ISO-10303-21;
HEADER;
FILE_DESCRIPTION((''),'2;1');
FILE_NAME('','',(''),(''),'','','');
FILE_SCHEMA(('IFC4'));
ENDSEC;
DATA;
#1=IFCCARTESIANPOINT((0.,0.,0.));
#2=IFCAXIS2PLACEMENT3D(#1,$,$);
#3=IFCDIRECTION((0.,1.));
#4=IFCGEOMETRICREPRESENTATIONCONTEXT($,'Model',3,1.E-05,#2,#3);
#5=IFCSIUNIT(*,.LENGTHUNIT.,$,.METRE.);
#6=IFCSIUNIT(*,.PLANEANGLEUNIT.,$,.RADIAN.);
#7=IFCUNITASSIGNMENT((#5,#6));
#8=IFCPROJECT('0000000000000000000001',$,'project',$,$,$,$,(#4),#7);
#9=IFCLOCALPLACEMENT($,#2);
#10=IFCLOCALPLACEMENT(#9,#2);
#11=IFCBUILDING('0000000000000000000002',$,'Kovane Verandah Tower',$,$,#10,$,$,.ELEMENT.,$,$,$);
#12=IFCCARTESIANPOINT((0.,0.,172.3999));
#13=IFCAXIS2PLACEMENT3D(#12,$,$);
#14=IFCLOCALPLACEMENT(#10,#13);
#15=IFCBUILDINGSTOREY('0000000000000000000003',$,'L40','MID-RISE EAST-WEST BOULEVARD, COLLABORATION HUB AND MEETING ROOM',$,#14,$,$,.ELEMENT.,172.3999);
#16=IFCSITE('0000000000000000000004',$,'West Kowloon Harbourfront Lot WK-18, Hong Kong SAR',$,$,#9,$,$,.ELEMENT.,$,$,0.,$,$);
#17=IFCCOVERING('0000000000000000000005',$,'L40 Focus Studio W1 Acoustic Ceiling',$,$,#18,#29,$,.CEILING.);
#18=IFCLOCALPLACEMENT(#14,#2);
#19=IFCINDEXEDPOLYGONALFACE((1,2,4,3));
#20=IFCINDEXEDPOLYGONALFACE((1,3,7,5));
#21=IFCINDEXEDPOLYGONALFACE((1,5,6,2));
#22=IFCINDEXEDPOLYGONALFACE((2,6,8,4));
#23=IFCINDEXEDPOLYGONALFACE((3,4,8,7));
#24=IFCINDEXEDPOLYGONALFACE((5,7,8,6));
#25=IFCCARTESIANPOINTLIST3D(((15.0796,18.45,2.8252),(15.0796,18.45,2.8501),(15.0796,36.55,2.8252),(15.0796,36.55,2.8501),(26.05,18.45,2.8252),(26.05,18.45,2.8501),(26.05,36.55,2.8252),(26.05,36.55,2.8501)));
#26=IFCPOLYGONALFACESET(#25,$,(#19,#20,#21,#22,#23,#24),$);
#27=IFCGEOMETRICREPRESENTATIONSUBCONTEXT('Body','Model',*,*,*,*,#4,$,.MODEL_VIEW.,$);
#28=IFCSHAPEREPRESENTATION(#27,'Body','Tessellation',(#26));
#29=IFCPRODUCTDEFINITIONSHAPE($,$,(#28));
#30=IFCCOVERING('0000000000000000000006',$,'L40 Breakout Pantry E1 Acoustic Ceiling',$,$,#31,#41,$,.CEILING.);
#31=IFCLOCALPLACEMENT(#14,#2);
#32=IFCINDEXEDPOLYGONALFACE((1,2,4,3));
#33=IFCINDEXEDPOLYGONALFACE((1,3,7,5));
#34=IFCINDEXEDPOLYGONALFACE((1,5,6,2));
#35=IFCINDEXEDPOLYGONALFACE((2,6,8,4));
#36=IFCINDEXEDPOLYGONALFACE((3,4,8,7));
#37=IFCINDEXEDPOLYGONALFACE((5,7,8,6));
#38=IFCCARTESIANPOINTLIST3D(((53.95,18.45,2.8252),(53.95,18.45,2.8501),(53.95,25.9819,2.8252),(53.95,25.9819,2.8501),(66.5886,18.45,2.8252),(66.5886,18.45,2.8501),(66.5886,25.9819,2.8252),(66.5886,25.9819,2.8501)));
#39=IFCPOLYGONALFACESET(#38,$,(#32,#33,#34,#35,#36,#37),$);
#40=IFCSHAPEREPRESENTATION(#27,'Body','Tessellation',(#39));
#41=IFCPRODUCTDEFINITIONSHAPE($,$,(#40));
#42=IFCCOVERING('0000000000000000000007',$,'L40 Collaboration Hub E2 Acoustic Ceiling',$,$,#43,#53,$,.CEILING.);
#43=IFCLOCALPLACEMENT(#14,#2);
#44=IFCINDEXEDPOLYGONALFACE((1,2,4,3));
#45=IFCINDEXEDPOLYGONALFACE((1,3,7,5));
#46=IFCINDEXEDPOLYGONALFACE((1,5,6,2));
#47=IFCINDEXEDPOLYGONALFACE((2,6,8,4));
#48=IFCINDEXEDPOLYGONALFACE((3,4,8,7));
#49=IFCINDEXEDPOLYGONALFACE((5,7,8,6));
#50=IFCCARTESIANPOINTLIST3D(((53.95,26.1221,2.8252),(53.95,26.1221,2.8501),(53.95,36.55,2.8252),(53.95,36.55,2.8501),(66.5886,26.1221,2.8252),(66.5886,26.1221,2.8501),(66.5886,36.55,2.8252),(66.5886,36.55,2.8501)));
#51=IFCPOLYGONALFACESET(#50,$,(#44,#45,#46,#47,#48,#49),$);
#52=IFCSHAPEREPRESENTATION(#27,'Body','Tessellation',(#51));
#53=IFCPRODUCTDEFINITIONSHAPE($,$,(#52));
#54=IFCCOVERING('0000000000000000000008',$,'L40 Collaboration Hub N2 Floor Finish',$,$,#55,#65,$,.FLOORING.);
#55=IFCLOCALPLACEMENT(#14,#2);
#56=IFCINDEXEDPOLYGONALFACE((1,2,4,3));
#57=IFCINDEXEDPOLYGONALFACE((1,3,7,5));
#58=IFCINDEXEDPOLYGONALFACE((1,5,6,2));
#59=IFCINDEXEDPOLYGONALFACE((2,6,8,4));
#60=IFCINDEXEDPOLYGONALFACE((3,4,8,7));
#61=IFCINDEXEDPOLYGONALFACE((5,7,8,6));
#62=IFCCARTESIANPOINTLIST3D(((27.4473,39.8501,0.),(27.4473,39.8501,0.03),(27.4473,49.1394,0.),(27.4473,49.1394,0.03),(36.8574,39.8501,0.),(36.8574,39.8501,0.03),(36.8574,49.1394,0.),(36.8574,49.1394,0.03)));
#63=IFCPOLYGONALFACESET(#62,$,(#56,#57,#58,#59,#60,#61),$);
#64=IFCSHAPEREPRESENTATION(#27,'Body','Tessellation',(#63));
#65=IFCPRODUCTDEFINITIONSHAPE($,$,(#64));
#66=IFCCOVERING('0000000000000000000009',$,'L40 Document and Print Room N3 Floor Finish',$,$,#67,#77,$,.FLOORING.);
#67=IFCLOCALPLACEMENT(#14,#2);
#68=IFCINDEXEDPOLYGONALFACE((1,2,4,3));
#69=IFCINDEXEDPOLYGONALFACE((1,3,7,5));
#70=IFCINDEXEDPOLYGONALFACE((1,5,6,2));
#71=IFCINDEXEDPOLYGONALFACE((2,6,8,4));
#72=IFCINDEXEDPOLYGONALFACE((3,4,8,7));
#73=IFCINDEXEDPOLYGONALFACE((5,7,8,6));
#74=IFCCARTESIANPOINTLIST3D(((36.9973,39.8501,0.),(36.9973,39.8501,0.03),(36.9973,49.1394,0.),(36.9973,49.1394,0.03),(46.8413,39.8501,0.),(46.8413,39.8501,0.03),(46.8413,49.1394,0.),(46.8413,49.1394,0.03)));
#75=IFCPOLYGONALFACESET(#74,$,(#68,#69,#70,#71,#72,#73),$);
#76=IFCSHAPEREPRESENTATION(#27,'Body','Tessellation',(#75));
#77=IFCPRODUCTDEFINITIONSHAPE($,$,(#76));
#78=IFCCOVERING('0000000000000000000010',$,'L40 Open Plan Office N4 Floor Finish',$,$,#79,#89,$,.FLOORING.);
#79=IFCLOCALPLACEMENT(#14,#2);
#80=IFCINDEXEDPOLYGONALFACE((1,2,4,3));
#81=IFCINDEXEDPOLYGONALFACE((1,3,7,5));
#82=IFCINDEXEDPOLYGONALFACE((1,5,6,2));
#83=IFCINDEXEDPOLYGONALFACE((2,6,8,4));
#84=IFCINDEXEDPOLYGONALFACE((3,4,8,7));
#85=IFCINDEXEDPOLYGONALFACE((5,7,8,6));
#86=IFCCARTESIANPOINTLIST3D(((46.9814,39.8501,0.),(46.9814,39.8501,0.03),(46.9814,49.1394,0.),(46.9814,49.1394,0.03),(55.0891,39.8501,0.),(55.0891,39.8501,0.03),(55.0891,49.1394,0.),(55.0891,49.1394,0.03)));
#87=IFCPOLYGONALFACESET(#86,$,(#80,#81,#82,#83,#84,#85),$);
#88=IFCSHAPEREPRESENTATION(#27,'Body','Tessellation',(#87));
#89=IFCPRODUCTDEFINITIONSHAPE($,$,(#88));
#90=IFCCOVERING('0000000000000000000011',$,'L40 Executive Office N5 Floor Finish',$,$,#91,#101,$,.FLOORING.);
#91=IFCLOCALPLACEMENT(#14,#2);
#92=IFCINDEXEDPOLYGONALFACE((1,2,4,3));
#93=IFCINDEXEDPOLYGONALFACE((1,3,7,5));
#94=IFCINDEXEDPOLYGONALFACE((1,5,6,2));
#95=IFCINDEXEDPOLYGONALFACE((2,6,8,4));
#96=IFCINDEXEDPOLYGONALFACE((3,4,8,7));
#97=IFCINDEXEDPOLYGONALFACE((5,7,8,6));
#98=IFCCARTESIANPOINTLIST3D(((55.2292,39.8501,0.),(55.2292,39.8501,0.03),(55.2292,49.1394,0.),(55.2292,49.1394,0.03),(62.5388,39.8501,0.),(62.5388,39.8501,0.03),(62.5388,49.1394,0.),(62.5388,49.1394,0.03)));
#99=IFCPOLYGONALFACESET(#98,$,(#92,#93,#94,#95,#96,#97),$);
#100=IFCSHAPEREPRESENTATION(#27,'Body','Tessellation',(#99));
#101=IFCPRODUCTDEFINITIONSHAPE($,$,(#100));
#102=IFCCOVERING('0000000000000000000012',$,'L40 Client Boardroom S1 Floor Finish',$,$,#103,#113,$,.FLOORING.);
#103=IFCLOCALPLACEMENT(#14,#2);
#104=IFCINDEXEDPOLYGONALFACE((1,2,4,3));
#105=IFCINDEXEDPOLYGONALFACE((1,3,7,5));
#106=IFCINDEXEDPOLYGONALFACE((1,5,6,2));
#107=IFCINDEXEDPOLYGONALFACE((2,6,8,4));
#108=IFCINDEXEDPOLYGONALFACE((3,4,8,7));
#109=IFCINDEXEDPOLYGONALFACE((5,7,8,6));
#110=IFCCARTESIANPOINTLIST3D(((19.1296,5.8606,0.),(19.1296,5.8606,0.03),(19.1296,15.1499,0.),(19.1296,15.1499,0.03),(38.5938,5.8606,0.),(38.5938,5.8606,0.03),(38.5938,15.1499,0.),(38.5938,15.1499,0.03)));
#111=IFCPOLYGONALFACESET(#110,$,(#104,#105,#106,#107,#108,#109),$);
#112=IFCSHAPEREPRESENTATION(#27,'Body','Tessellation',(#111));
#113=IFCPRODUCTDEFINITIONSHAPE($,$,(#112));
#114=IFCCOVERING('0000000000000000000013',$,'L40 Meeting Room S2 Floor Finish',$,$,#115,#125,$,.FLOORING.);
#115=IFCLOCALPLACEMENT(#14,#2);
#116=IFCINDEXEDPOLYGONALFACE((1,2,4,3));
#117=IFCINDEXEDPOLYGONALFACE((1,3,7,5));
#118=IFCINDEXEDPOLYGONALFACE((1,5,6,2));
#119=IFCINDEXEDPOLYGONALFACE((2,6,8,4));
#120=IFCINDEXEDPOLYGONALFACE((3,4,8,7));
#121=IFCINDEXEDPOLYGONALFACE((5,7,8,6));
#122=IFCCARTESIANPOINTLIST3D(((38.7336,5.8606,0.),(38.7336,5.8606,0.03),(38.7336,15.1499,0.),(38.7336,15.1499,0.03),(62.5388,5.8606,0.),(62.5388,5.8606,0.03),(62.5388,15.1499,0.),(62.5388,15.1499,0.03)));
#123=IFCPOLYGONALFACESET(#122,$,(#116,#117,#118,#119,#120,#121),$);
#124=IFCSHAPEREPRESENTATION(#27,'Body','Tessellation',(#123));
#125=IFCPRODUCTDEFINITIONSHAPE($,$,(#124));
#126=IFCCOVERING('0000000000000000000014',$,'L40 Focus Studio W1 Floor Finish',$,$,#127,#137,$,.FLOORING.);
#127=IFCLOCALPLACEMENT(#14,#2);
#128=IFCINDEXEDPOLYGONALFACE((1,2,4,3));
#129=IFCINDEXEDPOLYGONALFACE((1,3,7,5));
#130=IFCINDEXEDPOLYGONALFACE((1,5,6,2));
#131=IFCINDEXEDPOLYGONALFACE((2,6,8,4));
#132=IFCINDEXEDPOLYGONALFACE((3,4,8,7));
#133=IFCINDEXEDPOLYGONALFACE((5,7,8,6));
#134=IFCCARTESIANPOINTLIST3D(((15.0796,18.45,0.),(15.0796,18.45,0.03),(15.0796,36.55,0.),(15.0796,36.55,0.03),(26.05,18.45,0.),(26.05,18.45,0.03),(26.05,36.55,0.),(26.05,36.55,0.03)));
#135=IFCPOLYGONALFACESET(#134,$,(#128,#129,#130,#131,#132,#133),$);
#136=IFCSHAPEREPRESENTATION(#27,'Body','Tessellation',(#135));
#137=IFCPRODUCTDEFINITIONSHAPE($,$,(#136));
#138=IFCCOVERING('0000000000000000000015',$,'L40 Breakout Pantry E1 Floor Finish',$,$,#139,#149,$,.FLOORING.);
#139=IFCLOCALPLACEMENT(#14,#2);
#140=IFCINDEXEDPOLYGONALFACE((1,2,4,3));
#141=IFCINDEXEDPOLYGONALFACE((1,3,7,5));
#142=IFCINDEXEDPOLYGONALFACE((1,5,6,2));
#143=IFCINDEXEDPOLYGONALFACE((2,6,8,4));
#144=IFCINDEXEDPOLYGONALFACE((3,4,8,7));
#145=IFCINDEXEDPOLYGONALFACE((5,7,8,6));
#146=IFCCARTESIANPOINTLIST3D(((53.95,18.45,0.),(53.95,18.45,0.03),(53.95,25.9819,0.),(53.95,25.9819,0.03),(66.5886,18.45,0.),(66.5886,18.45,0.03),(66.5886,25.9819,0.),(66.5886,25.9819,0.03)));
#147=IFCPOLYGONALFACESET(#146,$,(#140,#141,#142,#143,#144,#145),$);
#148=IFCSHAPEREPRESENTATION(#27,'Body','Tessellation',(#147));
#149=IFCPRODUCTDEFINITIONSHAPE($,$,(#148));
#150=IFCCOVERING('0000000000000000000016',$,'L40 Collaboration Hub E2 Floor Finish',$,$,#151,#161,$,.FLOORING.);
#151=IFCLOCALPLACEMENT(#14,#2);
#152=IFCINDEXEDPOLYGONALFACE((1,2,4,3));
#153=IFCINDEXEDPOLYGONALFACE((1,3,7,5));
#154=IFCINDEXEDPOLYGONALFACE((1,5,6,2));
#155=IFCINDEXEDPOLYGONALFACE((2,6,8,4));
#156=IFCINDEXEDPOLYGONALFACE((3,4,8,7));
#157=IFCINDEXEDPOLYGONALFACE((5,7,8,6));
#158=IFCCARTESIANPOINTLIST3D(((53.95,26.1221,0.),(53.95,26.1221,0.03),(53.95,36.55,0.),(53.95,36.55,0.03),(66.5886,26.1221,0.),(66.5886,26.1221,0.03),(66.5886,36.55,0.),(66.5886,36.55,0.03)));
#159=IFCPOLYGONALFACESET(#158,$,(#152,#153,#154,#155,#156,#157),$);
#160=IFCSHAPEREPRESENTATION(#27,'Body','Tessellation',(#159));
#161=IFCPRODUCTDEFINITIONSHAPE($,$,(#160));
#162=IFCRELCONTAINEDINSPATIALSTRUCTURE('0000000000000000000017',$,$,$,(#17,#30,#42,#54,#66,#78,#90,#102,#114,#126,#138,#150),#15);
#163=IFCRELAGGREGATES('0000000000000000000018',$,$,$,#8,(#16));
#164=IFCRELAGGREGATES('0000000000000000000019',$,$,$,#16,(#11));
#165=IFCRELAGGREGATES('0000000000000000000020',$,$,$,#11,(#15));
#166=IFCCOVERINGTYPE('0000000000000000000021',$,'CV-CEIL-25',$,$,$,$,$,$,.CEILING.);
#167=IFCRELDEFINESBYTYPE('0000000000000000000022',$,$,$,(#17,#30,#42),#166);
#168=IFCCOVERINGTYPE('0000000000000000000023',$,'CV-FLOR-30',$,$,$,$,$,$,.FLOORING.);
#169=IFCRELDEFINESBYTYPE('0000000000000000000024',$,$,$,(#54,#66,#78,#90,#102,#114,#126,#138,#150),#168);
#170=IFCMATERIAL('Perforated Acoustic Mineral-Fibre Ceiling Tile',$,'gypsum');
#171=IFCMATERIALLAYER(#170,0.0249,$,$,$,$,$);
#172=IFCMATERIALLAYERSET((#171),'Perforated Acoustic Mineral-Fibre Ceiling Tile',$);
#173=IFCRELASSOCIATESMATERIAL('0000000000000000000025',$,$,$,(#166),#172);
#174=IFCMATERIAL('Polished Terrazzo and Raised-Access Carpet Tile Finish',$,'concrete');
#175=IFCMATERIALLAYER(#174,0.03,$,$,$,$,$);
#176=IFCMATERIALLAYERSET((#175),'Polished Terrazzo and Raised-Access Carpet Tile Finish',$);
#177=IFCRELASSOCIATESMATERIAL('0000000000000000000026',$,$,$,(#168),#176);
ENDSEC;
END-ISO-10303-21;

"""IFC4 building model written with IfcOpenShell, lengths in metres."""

from ifc_helpers import new_model, si_unit, direction, frame, origin, place, context, subcontext, project, spatial, polyline, outline, extrude, material, layer, layer_set, type_object, element, save


model = new_model("IFC4")

# Units and contexts
model_context = context("Model", 3, precision=1e-05, world=origin(), true_north=direction((0.0, 1.0)))
body_context = subcontext(model_context, "Body", "Model", "MODEL_VIEW")
ifc_project = project(units=[si_unit("LENGTHUNIT", "METRE"), si_unit("PLANEANGLEUNIT", "RADIAN")], contexts=[model_context])

# Site, building, storey
site_placement = place(None, origin())
site = spatial("IfcSite", under=ifc_project, at=site_placement, Name="West Kowloon Harbourfront Lot WK-18, Hong Kong SAR", CompositionType="ELEMENT", RefElevation=0.0)
building_placement = place(site_placement, origin())
building = spatial("IfcBuilding", under=site, at=building_placement, Name="Kovane Verandah Tower", CompositionType="ELEMENT")
storey_placement = place(building_placement, frame((0.0, 0.0, 172.3999)))
storey = spatial("IfcBuildingStorey", under=building, at=storey_placement, Name="L40", Description="MID-RISE EAST-WEST BOULEVARD, COLLABORATION HUB AND MEETING ROOM", CompositionType="ELEMENT", Elevation=172.3999)

# Coverings
ifc_material_1 = material(Name="Perforated Acoustic Mineral-Fibre Ceiling Tile", Category="gypsum")
ifc_layer_1 = layer(ifc_material_1, 0.0249)
ifc_layer_set_1 = layer_set([ifc_layer_1], Name="Perforated Acoustic Mineral-Fibre Ceiling Tile")
covering_type_1 = type_object("IfcCoveringType", Name="CV-CEIL-25", PredefinedType="CEILING", material=ifc_layer_set_1)
covering_1_placement = place(storey_placement, frame((0.0, 0.0, 2.8252)))
element("IfcCovering", 1, at=covering_1_placement, inside=storey, type_object=covering_type_1, Name="L40 Focus Studio W1 Acoustic Ceiling", PredefinedType="CEILING", context=body_context, shape_type="SweptSolid", body=[
    extrude(outline(polyline([(15.0796, 18.45), (26.05, 18.45), (26.05, 36.55), (15.0796, 36.55), (15.0796, 18.45)])), origin(), (0.0, 0.0, 1.0), 0.0249),
])
covering_2_placement = place(storey_placement, frame((0.0, 0.0, 2.8252)))
element("IfcCovering", 2, at=covering_2_placement, inside=storey, type_object=covering_type_1, Name="L40 Breakout Pantry E1 Acoustic Ceiling", PredefinedType="CEILING", context=body_context, shape_type="SweptSolid", body=[
    extrude(outline(polyline([(53.95, 18.45), (66.5886, 18.45), (66.5886, 25.9819), (53.95, 25.9819), (53.95, 18.45)])), origin(), (0.0, 0.0, 1.0), 0.0249),
])
covering_3_placement = place(storey_placement, frame((0.0, 0.0, 2.8252)))
element("IfcCovering", 3, at=covering_3_placement, inside=storey, type_object=covering_type_1, Name="L40 Collaboration Hub E2 Acoustic Ceiling", PredefinedType="CEILING", context=body_context, shape_type="SweptSolid", body=[
    extrude(outline(polyline([(53.95, 26.1221), (66.5886, 26.1221), (66.5886, 36.55), (53.95, 36.55), (53.95, 26.1221)])), origin(), (0.0, 0.0, 1.0), 0.0249),
])
ifc_material_2 = material(Name="Polished Terrazzo and Raised-Access Carpet Tile Finish", Category="concrete")
ifc_layer_2 = layer(ifc_material_2, 0.03)
ifc_layer_set_2 = layer_set([ifc_layer_2], Name="Polished Terrazzo and Raised-Access Carpet Tile Finish")
covering_type_2 = type_object("IfcCoveringType", Name="CV-FLOR-30", PredefinedType="FLOORING", material=ifc_layer_set_2)
covering_4_placement = place(storey_placement, origin())
element("IfcCovering", 4, at=covering_4_placement, inside=storey, type_object=covering_type_2, Name="L40 Collaboration Hub N2 Floor Finish", PredefinedType="FLOORING", context=body_context, shape_type="SweptSolid", body=[
    extrude(outline(polyline([(27.4473, 39.8501), (36.8574, 39.8501), (36.8574, 49.1394), (27.4473, 49.1394), (27.4473, 39.8501)])), origin(), (0.0, 0.0, 1.0), 0.03),
])
covering_5_placement = place(storey_placement, origin())
element("IfcCovering", 5, at=covering_5_placement, inside=storey, type_object=covering_type_2, Name="L40 Document and Print Room N3 Floor Finish", PredefinedType="FLOORING", context=body_context, shape_type="SweptSolid", body=[
    extrude(outline(polyline([(36.9973, 39.8501), (46.8413, 39.8501), (46.8413, 49.1394), (36.9973, 49.1394), (36.9973, 39.8501)])), origin(), (0.0, 0.0, 1.0), 0.03),
])
covering_6_placement = place(storey_placement, origin())
element("IfcCovering", 6, at=covering_6_placement, inside=storey, type_object=covering_type_2, Name="L40 Open Plan Office N4 Floor Finish", PredefinedType="FLOORING", context=body_context, shape_type="SweptSolid", body=[
    extrude(outline(polyline([(46.9814, 39.8501), (55.0891, 39.8501), (55.0891, 49.1394), (46.9814, 49.1394), (46.9814, 39.8501)])), origin(), (0.0, 0.0, 1.0), 0.03),
])
covering_7_placement = place(storey_placement, origin())
element("IfcCovering", 7, at=covering_7_placement, inside=storey, type_object=covering_type_2, Name="L40 Executive Office N5 Floor Finish", PredefinedType="FLOORING", context=body_context, shape_type="SweptSolid", body=[
    extrude(outline(polyline([(55.2292, 39.8501), (62.5388, 39.8501), (62.5388, 49.1394), (55.2292, 49.1394), (55.2292, 39.8501)])), origin(), (0.0, 0.0, 1.0), 0.03),
])
covering_8_placement = place(storey_placement, origin())
element("IfcCovering", 8, at=covering_8_placement, inside=storey, type_object=covering_type_2, Name="L40 Client Boardroom S1 Floor Finish", PredefinedType="FLOORING", context=body_context, shape_type="SweptSolid", body=[
    extrude(outline(polyline([(19.1296, 5.8606), (38.5938, 5.8606), (38.5938, 15.1499), (19.1296, 15.1499), (19.1296, 5.8606)])), origin(), (0.0, 0.0, 1.0), 0.03),
])
covering_9_placement = place(storey_placement, origin())
element("IfcCovering", 9, at=covering_9_placement, inside=storey, type_object=covering_type_2, Name="L40 Meeting Room S2 Floor Finish", PredefinedType="FLOORING", context=body_context, shape_type="SweptSolid", body=[
    extrude(outline(polyline([(38.7336, 5.8606), (62.5388, 5.8606), (62.5388, 15.1499), (38.7336, 15.1499), (38.7336, 5.8606)])), origin(), (0.0, 0.0, 1.0), 0.03),
])
covering_10_placement = place(storey_placement, origin())
element("IfcCovering", 10, at=covering_10_placement, inside=storey, type_object=covering_type_2, Name="L40 Focus Studio W1 Floor Finish", PredefinedType="FLOORING", context=body_context, shape_type="SweptSolid", body=[
    extrude(outline(polyline([(15.0796, 18.45), (26.05, 18.45), (26.05, 36.55), (15.0796, 36.55), (15.0796, 18.45)])), origin(), (0.0, 0.0, 1.0), 0.03),
])
covering_11_placement = place(storey_placement, origin())
element("IfcCovering", 11, at=covering_11_placement, inside=storey, type_object=covering_type_2, Name="L40 Breakout Pantry E1 Floor Finish", PredefinedType="FLOORING", context=body_context, shape_type="SweptSolid", body=[
    extrude(outline(polyline([(53.95, 18.45), (66.5886, 18.45), (66.5886, 25.9819), (53.95, 25.9819), (53.95, 18.45)])), origin(), (0.0, 0.0, 1.0), 0.03),
])
covering_12_placement = place(storey_placement, origin())
element("IfcCovering", 12, at=covering_12_placement, inside=storey, type_object=covering_type_2, Name="L40 Collaboration Hub E2 Floor Finish", PredefinedType="FLOORING", context=body_context, shape_type="SweptSolid", body=[
    extrude(outline(polyline([(53.95, 26.1221), (66.5886, 26.1221), (66.5886, 36.55), (53.95, 36.55), (53.95, 26.1221)])), origin(), (0.0, 0.0, 1.0), 0.03),
])

save(model, "model.ifc")
